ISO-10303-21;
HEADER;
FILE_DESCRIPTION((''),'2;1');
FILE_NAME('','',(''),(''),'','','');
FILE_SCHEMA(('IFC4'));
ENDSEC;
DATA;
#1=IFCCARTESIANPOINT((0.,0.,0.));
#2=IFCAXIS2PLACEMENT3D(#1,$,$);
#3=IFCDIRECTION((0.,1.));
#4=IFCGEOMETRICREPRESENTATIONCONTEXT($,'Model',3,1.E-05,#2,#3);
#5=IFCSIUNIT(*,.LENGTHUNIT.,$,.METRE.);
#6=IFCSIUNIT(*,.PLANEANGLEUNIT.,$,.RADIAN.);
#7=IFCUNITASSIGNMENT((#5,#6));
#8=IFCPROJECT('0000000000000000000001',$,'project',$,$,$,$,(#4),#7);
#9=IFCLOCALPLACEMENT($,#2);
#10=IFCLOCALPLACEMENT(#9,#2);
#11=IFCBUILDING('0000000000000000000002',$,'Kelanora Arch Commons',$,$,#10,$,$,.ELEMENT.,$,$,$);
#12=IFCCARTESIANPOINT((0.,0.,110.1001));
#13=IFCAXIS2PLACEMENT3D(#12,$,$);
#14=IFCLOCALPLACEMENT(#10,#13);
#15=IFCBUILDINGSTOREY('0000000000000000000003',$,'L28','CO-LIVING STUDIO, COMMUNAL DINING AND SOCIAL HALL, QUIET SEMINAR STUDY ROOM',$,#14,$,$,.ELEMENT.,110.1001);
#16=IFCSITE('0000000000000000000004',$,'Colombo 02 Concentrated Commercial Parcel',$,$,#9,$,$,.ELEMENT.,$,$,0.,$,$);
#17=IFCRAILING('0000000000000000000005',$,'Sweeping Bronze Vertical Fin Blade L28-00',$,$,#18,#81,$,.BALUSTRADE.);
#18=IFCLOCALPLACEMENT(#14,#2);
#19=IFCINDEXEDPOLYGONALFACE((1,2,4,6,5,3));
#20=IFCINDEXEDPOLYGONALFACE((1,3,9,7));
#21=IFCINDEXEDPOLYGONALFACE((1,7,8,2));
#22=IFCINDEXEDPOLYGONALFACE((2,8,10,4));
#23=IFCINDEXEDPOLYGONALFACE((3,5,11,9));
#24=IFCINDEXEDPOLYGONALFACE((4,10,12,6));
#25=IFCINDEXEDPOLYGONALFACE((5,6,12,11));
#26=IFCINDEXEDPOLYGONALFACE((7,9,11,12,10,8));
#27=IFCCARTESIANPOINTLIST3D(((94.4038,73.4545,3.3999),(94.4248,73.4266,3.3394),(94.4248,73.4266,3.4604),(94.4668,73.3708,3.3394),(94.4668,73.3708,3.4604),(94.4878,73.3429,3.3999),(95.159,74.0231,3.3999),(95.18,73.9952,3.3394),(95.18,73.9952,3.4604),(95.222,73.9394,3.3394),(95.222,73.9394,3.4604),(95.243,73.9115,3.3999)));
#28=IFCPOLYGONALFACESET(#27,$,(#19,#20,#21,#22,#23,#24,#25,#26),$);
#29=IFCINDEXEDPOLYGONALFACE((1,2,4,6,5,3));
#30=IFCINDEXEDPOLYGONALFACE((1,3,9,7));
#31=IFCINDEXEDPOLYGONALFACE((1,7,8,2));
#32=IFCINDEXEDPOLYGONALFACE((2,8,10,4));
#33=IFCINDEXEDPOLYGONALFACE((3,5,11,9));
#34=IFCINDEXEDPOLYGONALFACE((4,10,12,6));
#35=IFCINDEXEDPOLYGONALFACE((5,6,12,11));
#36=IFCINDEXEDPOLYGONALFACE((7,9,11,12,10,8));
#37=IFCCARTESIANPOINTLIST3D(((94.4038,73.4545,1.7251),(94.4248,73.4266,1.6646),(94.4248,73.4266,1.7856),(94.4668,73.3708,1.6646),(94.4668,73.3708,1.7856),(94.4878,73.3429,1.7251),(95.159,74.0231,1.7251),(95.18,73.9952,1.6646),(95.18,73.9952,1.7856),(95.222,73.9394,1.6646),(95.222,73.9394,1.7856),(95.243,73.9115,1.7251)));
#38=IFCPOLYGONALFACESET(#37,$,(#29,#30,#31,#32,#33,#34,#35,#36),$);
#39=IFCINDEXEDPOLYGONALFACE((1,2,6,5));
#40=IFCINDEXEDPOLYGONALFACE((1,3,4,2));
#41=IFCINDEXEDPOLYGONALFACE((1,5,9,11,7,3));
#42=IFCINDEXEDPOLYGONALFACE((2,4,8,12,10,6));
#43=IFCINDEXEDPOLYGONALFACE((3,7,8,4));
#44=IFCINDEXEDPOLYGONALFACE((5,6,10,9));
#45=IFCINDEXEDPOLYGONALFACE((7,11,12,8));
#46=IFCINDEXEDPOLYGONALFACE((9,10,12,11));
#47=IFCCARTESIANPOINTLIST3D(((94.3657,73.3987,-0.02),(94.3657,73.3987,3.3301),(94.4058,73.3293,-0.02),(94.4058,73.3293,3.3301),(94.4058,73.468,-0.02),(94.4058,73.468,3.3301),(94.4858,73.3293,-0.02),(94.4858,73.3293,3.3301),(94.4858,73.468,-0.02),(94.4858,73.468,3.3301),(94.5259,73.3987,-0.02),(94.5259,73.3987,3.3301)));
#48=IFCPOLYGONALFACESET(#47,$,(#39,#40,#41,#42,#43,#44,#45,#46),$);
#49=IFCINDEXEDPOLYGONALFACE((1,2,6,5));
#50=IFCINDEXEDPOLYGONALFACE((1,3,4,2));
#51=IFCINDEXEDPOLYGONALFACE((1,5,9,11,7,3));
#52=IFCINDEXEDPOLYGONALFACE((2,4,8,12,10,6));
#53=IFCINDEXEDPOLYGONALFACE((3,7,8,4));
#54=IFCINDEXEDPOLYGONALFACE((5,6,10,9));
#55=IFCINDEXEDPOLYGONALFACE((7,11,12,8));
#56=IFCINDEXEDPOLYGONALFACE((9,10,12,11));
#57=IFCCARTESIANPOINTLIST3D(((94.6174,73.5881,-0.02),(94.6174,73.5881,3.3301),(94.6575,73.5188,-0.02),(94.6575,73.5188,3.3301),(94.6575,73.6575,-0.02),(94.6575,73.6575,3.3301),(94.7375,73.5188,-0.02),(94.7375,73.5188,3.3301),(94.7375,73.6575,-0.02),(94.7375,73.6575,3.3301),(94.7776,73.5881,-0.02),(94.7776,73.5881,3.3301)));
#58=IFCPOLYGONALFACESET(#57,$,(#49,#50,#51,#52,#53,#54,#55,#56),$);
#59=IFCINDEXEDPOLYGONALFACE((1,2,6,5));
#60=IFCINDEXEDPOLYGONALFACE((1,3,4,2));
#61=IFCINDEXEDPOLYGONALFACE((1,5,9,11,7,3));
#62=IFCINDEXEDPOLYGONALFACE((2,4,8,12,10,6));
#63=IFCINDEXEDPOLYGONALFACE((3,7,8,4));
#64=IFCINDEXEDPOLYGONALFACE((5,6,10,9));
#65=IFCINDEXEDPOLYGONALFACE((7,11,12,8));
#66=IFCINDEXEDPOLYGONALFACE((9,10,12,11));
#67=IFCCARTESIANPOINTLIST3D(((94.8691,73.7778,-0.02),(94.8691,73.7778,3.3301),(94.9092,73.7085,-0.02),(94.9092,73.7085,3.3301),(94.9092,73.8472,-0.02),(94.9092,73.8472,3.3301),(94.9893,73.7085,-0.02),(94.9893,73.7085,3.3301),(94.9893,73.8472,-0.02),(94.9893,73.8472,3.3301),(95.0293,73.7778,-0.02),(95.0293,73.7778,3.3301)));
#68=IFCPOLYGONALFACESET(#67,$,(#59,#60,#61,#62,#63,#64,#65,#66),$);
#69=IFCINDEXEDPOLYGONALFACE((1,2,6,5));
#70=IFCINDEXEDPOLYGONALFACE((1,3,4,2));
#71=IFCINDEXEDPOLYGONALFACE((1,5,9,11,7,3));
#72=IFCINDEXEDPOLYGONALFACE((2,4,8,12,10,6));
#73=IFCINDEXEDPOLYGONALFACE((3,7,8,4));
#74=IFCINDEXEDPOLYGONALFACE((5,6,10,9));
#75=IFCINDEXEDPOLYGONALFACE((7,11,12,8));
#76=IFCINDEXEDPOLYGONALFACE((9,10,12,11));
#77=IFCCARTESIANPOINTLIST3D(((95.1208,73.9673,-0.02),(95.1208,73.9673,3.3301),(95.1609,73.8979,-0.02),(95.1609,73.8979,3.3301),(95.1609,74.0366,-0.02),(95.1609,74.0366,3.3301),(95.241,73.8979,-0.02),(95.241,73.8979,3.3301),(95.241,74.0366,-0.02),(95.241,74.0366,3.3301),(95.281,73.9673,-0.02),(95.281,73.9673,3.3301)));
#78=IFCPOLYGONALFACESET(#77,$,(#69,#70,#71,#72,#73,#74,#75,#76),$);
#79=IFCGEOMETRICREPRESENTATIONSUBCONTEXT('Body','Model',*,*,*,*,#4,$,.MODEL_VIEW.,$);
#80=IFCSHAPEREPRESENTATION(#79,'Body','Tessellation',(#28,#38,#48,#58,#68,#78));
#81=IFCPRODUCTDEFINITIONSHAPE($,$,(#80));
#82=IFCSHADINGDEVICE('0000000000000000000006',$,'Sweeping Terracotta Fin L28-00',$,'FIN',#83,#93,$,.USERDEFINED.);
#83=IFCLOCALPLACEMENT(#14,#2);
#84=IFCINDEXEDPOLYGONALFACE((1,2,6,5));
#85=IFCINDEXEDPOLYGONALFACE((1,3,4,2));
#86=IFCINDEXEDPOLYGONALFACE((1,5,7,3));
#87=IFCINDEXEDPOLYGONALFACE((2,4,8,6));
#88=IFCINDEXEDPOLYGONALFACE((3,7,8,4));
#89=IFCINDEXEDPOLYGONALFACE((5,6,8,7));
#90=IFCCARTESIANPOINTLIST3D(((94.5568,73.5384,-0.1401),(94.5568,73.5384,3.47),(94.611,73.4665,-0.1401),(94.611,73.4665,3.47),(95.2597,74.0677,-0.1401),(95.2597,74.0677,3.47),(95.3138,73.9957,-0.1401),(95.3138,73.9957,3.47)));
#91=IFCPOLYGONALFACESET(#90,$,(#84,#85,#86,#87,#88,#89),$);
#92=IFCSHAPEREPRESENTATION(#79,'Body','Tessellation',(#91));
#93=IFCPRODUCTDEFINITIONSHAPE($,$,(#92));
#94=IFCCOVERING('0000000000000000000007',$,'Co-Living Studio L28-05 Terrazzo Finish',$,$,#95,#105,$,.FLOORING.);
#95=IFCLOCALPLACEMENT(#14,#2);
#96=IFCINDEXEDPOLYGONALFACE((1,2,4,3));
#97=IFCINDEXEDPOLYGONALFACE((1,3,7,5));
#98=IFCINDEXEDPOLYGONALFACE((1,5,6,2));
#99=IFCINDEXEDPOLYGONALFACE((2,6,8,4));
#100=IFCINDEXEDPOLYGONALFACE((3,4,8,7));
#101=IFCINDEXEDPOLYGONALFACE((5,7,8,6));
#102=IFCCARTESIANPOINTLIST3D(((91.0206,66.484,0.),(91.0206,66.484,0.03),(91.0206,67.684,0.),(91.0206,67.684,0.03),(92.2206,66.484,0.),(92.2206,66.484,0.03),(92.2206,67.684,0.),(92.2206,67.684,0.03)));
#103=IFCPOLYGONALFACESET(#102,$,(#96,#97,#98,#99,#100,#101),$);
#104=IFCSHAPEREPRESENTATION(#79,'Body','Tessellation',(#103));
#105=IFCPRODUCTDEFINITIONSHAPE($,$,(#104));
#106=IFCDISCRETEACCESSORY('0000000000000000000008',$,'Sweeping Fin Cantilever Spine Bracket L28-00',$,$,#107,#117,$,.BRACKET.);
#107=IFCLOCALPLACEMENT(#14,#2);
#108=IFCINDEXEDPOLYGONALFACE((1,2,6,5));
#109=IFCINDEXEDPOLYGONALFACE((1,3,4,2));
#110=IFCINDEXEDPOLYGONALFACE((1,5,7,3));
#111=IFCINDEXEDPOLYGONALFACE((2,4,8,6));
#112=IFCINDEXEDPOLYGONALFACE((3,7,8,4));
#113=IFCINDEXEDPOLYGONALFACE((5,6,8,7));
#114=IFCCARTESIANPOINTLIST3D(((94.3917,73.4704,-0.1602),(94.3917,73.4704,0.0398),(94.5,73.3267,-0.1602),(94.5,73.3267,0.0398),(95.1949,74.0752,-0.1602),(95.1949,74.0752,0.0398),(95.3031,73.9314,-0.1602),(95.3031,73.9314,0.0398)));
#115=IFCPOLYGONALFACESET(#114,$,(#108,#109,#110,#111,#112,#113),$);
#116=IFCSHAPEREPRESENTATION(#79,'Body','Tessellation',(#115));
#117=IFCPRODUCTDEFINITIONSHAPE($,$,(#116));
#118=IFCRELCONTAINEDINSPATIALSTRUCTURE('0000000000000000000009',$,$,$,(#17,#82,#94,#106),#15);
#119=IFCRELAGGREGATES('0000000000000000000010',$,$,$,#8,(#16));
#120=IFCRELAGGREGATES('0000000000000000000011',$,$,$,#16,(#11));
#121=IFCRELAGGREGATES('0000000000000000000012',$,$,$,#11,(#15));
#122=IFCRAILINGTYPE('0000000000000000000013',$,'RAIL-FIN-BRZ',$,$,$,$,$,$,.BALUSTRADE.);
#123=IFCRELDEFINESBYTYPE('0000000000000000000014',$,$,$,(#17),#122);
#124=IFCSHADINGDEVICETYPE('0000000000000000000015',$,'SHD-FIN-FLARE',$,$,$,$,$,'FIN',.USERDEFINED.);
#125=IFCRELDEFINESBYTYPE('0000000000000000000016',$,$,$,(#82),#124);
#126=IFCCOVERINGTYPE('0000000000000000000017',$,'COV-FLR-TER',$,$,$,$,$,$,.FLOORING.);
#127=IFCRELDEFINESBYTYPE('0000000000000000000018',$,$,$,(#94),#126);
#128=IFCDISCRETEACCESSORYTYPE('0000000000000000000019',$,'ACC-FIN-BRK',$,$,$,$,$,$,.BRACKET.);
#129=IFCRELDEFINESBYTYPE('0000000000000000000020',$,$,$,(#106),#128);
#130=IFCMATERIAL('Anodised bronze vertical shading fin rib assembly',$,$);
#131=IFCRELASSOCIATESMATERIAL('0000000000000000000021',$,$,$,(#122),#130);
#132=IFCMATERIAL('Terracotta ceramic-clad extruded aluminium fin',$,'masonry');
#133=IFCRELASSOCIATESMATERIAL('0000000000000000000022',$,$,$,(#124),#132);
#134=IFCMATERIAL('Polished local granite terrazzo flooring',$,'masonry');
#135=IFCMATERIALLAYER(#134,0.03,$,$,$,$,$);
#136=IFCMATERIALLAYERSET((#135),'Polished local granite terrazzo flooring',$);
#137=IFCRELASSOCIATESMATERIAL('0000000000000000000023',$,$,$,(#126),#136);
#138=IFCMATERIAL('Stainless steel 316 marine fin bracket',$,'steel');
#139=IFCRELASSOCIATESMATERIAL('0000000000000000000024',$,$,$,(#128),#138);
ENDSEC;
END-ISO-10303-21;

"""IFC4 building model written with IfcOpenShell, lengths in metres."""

from ifc_helpers import new_model, si_unit, direction, frame, origin, origin_2d, place, context, subcontext, project, spatial, polyline, rectangle, outline, extrude, source, transform, mapped, material, layer, layer_set, type_object, element, save


model = new_model("IFC4")

# Units and contexts
model_context = context("Model", 3, precision=1e-05, world=origin(), true_north=direction((0.0, 1.0)))
body_context = subcontext(model_context, "Body", "Model", "MODEL_VIEW")
ifc_project = project(units=[si_unit("LENGTHUNIT", "METRE"), si_unit("PLANEANGLEUNIT", "RADIAN")], contexts=[model_context])

# Site, building, storey
site_placement = place(None, origin())
site = spatial("IfcSite", under=ifc_project, at=site_placement, Name="Colombo 02 Concentrated Commercial Parcel", CompositionType="ELEMENT", RefElevation=0.0)
building_placement = place(site_placement, origin())
building = spatial("IfcBuilding", under=site, at=building_placement, Name="Kelanora Arch Commons", CompositionType="ELEMENT")
storey_placement = place(building_placement, frame((0.0, 0.0, 110.1001)))
storey = spatial("IfcBuildingStorey", under=building, at=storey_placement, Name="L28", Description="CO-LIVING STUDIO, COMMUNAL DINING AND SOCIAL HALL, QUIET SEMINAR STUDY ROOM", CompositionType="ELEMENT", Elevation=110.1001)

# Railing
ifc_material_1 = material(Name="Anodised bronze vertical shading fin rib assembly")
railing_type = type_object("IfcRailingType", Name="RAIL-FIN-BRZ", PredefinedType="BALUSTRADE", material=ifc_material_1)
railing_placement = place(storey_placement, frame((94.4458, 73.3987, -0.02)))
element("IfcRailing", 1, at=railing_placement, inside=storey, type_object=railing_type, Name="Sweeping Bronze Vertical Fin Blade L28-00", PredefinedType="BALUSTRADE", context=body_context, shape_type="SweptSolid", body=[
    extrude(outline(polyline([(0.0698, 0.0), (0.0349, 0.0605), (-0.0349, 0.0605), (-0.0698, 0.0), (-0.0349, -0.0605), (0.0349, -0.0605), (0.0698, 0.0)])), frame((0.0, 0.0, 3.4199), z_axis=(0.798852, 0.601528, 0.0), x_axis=(-0.601528, 0.798852, 0.0)), (0.0, 0.0, 1.0), 0.9453),
    extrude(outline(polyline([(0.0698, 0.0), (0.0349, 0.0605), (-0.0349, 0.0605), (-0.0698, 0.0), (-0.0349, -0.0605), (0.0349, -0.0605), (0.0698, 0.0)])), frame((0.0, 0.0, 1.7451), z_axis=(0.798852, 0.601528, 0.0), x_axis=(-0.601528, 0.798852, 0.0)), (0.0, 0.0, 1.0), 0.9453),
    extrude(outline(polyline([(0.0801, 0.0), (0.04, 0.0693), (-0.04, 0.0693), (-0.0801, 0.0), (-0.04, -0.0693), (0.04, -0.0693), (0.0801, 0.0)])), origin(), (0.0, 0.0, 1.0), 3.3501),
    extrude(outline(polyline([(0.0801, 0.0), (0.04, 0.0693), (-0.04, 0.0693), (-0.0801, 0.0), (-0.04, -0.0693), (0.04, -0.0693), (0.0801, 0.0)])), frame((0.2517, 0.1895, 0.0)), (0.0, 0.0, 1.0), 3.3501),
    extrude(outline(polyline([(0.0801, 0.0), (0.04, 0.0693), (-0.04, 0.0693), (-0.0801, 0.0), (-0.04, -0.0693), (0.04, -0.0693), (0.0801, 0.0)])), frame((0.5034, 0.3792, 0.0)), (0.0, 0.0, 1.0), 3.3501),
    extrude(outline(polyline([(0.0801, 0.0), (0.04, 0.0693), (-0.04, 0.0693), (-0.0801, 0.0), (-0.04, -0.0693), (0.04, -0.0693), (0.0801, 0.0)])), frame((0.7551, 0.5686, 0.0)), (0.0, 0.0, 1.0), 3.3501),
])

# Shading device
ifc_material_2 = material(Name="Terracotta ceramic-clad extruded aluminium fin", Category="masonry")
shading_device_type = type_object("IfcShadingDeviceType", Name="SHD-FIN-FLARE", ElementType="FIN", PredefinedType="USERDEFINED", material=ifc_material_2)
shared_shape_1 = source(origin(), body_context, "Body", "SweptSolid", [
    extrude(rectangle(XDim=0.8799, YDim=0.0901, at=origin_2d()), origin(), (0.0, 0.0, 1.0), 3.6101),
])
shading_device_placement = place(storey_placement, frame((94.9353, 73.7671, -0.1401), z_axis=(0.0, 0.0, 1.0), x_axis=(0.798846, 0.601536, 0.0)))
element("IfcShadingDevice", 2, at=shading_device_placement, inside=storey, type_object=shading_device_type, Name="Sweeping Terracotta Fin L28-00", ObjectType="FIN", PredefinedType="USERDEFINED", context=body_context, shape_type="MappedRepresentation", body=[
    mapped(shared_shape_1, transform((0.0, 0.0, 0.0), scale=1.0)),
])

# Covering
ifc_material_3 = material(Name="Polished local granite terrazzo flooring", Category="masonry")
ifc_layer_1 = layer(ifc_material_3, 0.03)
ifc_layer_set_1 = layer_set([ifc_layer_1], Name="Polished local granite terrazzo flooring")
covering_type = type_object("IfcCoveringType", Name="COV-FLR-TER", PredefinedType="FLOORING", material=ifc_layer_set_1)
shared_shape_2 = source(origin(), body_context, "Body", "SweptSolid", [
    extrude(rectangle(XDim=1.2, YDim=1.2, at=origin_2d()), origin(), (0.0, 0.0, 1.0), 0.03),
])
covering_placement = place(storey_placement, frame((91.6206, 67.084, 0.0), z_axis=(0.0, 0.0, 1.0), x_axis=(1.0, 0.0, 0.0)))
element("IfcCovering", 3, at=covering_placement, inside=storey, type_object=covering_type, Name="Co-Living Studio L28-05 Terrazzo Finish", PredefinedType="FLOORING", context=body_context, shape_type="MappedRepresentation", body=[
    mapped(shared_shape_2, transform((0.0, 0.0, 0.0), scale=1.0)),
])

# Discrete accessory
ifc_material_4 = material(Name="Stainless steel 316 marine fin bracket", Category="steel")
discrete_accessory_type = type_object("IfcDiscreteAccessoryType", Name="ACC-FIN-BRK", PredefinedType="BRACKET", material=ifc_material_4)
shared_shape_3 = source(origin(), body_context, "Body", "SweptSolid", [
    extrude(rectangle(XDim=1.0054, YDim=0.1799, at=origin_2d()), origin(), (0.0, 0.0, 1.0), 0.2),
])
discrete_accessory_placement = place(storey_placement, frame((94.8474, 73.7009, -0.1602), z_axis=(0.0, 0.0, 1.0), x_axis=(0.798846, 0.601536, 0.0)))
element("IfcDiscreteAccessory", 4, at=discrete_accessory_placement, inside=storey, type_object=discrete_accessory_type, Name="Sweeping Fin Cantilever Spine Bracket L28-00", PredefinedType="BRACKET", context=body_context, shape_type="MappedRepresentation", body=[
    mapped(shared_shape_3, transform((0.0, 0.0, 0.0), scale=1.0)),
])

save(model, "model.ifc")
